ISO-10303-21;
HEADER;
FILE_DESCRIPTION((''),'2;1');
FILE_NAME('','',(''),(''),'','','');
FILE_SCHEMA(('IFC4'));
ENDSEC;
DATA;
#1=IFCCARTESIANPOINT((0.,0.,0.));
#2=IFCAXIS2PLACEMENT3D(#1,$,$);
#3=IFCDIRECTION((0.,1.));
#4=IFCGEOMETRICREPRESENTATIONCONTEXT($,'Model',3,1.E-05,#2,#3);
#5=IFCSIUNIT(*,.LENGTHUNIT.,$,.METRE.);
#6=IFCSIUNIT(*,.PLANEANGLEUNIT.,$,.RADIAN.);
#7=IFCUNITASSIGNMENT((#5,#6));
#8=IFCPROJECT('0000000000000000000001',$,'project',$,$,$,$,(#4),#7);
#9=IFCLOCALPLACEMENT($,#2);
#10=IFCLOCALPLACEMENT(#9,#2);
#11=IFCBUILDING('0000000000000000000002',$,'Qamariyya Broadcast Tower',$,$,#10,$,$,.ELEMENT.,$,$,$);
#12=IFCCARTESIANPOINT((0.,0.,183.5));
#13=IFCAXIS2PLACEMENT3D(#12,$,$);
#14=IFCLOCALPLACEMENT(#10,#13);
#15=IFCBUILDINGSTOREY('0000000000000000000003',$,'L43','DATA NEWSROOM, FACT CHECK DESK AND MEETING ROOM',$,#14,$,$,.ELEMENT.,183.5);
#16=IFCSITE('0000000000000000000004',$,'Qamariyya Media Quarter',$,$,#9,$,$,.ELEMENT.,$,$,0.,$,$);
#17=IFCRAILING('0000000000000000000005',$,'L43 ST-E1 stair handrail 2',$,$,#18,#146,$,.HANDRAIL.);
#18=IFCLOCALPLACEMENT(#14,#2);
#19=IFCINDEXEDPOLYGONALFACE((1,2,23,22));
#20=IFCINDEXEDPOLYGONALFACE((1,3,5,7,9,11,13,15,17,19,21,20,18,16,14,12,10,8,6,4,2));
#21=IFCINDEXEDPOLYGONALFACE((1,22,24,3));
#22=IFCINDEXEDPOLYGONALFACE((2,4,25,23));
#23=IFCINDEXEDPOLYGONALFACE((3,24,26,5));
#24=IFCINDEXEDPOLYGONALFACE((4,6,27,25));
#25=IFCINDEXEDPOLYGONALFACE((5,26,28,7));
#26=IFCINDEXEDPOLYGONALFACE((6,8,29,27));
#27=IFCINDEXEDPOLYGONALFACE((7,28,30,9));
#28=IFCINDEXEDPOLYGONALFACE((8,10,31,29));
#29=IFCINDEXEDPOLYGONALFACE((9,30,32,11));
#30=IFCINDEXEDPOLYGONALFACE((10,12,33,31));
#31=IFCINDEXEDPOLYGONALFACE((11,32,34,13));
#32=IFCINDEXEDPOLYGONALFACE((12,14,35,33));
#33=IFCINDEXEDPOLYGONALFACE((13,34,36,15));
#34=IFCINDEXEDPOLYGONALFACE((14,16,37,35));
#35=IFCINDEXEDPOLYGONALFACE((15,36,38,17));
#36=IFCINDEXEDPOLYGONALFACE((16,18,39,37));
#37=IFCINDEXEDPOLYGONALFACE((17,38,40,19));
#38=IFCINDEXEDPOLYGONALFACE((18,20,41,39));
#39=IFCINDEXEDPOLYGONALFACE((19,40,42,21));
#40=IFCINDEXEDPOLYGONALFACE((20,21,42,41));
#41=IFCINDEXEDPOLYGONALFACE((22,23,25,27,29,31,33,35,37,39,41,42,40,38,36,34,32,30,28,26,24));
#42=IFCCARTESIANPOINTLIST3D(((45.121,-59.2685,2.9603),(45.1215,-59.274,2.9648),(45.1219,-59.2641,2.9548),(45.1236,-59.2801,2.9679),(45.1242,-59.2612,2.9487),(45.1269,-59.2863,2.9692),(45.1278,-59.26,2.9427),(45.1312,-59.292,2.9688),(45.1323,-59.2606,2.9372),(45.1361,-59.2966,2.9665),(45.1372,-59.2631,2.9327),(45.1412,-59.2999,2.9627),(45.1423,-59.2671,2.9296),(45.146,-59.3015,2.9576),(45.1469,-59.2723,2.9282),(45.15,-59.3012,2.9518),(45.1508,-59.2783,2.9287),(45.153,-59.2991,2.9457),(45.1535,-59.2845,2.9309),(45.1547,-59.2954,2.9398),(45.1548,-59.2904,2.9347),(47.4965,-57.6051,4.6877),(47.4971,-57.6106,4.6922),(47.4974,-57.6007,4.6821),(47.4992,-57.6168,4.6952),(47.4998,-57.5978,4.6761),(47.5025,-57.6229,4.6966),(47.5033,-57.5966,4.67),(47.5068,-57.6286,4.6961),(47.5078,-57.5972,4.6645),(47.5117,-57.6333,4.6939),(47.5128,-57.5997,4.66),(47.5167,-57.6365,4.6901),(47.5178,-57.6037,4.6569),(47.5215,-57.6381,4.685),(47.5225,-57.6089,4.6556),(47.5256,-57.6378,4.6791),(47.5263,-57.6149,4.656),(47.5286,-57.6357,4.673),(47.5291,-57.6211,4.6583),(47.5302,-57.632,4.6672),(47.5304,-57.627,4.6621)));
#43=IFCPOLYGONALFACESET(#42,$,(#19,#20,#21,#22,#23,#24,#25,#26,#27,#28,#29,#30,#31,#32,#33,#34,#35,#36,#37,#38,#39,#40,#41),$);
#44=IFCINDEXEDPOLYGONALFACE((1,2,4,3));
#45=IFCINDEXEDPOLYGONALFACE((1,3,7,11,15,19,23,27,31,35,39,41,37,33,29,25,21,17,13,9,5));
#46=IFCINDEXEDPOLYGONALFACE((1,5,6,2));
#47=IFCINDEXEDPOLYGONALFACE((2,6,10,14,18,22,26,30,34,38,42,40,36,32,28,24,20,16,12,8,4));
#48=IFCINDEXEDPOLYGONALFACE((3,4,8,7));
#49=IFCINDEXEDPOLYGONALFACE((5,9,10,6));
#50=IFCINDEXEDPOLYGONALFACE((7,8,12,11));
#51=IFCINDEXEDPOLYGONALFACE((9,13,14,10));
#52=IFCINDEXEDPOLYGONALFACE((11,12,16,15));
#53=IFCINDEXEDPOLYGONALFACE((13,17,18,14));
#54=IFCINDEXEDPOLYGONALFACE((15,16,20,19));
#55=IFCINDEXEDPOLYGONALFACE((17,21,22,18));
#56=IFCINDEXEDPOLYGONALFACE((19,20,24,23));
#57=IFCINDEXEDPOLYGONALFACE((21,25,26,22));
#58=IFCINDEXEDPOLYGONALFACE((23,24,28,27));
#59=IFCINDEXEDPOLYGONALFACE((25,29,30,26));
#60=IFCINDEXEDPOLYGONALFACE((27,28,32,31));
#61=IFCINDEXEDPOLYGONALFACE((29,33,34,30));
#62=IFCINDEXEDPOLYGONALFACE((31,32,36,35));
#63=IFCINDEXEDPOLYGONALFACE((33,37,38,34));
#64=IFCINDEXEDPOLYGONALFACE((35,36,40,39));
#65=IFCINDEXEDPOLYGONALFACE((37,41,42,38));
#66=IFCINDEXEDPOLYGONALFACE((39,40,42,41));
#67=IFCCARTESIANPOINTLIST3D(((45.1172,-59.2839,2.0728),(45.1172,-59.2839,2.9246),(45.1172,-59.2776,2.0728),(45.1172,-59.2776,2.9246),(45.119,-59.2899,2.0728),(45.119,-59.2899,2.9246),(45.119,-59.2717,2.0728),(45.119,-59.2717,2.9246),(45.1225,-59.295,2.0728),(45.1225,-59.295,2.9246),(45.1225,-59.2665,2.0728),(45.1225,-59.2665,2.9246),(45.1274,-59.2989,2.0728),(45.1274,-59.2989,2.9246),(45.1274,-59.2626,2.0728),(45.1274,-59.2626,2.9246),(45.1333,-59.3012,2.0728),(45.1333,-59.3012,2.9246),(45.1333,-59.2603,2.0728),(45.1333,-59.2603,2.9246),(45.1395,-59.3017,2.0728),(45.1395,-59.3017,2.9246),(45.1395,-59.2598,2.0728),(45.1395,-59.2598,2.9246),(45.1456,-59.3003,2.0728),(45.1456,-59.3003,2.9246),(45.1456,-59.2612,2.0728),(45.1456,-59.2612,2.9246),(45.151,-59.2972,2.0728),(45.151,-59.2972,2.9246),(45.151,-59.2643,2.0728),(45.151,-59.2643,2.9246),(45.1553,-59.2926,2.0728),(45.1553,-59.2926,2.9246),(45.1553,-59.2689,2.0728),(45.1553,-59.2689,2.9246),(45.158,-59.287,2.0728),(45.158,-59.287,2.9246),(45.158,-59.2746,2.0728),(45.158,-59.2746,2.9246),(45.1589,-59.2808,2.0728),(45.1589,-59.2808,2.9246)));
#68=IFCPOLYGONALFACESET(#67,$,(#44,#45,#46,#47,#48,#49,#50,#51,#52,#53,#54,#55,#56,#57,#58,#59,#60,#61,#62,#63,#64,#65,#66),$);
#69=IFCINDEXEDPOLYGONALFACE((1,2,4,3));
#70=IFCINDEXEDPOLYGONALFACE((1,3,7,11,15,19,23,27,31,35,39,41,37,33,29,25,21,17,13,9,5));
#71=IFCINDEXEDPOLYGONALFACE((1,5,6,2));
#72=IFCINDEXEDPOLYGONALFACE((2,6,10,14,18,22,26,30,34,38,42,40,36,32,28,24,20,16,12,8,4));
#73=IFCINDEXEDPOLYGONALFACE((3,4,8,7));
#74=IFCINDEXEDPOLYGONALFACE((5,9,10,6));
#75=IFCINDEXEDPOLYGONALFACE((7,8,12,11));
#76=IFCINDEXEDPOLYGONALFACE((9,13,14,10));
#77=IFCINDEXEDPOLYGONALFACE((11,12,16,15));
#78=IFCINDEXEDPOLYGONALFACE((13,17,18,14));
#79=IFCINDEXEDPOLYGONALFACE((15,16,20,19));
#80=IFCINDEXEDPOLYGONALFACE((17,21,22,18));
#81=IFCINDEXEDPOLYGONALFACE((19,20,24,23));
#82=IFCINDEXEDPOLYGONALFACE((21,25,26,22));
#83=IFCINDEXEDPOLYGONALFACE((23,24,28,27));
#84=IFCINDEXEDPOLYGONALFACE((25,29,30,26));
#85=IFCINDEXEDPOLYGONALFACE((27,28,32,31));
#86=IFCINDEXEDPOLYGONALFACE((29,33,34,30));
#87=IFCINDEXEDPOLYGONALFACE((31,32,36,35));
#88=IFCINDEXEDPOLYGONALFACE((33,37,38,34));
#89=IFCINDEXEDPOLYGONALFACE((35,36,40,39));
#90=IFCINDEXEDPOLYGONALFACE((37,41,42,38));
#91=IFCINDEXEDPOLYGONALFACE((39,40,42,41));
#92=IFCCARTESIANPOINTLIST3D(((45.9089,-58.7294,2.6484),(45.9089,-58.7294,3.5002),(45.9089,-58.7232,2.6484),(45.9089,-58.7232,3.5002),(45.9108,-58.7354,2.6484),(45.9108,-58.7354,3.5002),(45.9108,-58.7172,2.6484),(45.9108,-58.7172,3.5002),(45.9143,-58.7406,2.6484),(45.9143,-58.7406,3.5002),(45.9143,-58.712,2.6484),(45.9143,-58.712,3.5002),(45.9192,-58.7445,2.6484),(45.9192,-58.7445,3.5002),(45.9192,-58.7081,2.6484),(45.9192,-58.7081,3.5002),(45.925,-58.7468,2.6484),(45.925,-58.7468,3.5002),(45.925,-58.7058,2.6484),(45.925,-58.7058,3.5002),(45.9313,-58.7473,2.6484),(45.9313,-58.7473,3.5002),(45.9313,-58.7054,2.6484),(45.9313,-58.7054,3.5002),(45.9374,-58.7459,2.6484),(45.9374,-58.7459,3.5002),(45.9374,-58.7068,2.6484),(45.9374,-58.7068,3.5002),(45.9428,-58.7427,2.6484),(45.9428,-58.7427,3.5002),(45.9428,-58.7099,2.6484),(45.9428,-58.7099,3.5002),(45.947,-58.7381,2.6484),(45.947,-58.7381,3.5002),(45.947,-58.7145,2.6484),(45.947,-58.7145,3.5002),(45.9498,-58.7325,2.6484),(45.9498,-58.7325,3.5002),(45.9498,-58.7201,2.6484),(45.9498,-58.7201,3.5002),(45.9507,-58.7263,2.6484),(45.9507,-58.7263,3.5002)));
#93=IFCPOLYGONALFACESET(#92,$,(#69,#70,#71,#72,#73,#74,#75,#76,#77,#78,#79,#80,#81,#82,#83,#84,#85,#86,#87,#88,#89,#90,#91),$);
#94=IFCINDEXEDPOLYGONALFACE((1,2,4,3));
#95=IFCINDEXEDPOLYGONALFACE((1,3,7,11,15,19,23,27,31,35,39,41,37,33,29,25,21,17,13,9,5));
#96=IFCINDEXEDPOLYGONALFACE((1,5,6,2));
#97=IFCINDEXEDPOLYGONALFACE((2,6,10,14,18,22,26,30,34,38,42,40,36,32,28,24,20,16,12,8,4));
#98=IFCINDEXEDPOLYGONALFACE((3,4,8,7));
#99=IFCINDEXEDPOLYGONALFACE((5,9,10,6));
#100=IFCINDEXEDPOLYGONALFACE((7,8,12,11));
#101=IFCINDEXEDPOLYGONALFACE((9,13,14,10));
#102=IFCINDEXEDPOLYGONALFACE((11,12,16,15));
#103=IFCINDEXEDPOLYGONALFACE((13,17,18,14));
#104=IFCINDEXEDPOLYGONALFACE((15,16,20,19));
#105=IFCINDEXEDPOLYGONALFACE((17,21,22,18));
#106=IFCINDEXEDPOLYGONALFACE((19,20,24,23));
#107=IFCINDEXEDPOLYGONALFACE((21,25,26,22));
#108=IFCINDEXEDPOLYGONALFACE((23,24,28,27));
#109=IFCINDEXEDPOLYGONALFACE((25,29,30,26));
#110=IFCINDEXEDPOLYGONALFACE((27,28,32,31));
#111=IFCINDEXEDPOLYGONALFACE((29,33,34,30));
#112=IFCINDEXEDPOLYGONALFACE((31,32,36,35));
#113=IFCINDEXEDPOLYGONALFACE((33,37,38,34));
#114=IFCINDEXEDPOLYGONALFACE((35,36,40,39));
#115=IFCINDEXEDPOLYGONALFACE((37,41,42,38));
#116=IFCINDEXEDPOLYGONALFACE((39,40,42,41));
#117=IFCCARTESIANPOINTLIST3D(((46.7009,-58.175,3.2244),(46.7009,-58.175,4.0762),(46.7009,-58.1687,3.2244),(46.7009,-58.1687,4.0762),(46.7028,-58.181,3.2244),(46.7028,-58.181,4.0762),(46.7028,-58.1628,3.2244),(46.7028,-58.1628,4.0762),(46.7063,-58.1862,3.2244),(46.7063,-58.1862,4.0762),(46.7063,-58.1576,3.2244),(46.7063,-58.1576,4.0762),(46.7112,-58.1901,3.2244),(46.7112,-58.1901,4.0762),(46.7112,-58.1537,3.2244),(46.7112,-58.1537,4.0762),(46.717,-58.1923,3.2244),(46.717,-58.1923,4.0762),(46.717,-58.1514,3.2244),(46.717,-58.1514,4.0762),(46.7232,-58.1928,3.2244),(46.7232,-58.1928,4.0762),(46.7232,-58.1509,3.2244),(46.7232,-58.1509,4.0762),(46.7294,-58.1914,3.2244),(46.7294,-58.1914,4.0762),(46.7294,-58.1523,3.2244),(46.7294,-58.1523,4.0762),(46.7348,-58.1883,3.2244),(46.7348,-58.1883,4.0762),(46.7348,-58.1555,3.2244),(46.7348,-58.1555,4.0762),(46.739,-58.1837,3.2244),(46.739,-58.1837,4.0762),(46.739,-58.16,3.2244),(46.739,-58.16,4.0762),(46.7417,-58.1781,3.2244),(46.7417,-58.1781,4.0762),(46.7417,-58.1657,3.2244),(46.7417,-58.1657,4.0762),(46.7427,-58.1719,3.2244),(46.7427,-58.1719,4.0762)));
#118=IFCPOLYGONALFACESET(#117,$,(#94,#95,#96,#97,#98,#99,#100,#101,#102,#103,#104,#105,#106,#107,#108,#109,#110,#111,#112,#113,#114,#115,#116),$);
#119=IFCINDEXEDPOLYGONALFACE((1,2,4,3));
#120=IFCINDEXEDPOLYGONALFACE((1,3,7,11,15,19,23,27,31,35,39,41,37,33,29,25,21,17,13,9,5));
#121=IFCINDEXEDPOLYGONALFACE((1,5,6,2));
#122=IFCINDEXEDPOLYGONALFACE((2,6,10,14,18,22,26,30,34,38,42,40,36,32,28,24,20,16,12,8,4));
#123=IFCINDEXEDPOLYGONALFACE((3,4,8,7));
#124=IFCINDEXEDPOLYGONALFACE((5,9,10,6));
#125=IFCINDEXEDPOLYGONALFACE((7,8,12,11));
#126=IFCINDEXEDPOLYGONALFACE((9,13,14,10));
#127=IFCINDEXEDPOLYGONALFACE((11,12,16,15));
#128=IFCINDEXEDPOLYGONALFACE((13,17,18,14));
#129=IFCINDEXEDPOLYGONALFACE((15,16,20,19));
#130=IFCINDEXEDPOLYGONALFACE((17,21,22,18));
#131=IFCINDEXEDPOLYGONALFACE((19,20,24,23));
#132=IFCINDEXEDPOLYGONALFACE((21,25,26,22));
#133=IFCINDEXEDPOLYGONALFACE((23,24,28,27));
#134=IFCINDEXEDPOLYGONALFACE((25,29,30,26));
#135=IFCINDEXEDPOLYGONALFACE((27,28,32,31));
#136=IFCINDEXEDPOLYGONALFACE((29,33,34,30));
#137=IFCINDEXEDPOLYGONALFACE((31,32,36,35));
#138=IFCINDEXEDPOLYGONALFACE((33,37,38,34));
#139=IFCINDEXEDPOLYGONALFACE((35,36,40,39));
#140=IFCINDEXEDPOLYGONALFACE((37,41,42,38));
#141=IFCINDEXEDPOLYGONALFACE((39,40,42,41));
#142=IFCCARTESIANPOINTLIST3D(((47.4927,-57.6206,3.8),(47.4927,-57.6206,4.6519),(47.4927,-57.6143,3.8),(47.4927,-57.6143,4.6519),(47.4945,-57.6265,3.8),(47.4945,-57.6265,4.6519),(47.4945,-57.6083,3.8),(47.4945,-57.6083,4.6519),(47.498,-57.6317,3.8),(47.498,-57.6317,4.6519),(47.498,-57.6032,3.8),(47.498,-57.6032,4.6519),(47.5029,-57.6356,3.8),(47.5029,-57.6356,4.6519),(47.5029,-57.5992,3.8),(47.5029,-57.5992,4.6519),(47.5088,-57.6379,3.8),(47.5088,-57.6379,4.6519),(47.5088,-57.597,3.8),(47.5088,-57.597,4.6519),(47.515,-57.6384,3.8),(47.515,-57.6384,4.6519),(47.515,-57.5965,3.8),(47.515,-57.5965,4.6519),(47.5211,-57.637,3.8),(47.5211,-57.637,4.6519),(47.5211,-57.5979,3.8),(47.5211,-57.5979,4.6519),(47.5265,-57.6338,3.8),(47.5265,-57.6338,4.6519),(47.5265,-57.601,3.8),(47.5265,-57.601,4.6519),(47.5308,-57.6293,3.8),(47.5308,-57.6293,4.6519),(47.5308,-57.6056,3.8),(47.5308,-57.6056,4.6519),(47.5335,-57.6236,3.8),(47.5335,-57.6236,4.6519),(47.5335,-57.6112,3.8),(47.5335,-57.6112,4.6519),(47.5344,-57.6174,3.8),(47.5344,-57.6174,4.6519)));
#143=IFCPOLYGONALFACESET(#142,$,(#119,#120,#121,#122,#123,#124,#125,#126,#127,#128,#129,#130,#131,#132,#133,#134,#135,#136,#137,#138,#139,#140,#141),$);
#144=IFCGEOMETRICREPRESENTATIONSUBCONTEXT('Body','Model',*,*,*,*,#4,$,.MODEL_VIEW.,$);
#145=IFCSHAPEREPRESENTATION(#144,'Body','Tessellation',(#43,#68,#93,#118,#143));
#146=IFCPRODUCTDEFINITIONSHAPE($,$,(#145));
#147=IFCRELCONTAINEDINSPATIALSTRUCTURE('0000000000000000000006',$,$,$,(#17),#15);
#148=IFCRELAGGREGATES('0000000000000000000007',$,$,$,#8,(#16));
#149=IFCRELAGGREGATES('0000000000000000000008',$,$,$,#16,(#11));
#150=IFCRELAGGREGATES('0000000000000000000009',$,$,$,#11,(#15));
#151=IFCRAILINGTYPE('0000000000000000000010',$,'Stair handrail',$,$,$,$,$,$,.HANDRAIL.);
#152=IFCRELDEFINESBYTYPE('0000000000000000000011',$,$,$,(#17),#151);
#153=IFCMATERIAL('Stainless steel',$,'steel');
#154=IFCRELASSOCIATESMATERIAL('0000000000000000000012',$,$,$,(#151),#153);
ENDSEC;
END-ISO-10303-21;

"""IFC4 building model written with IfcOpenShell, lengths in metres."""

from ifc_helpers import new_model, si_unit, direction, frame, origin, origin_2d, place, context, subcontext, project, spatial, circle, extrude, material, type_object, element, save


model = new_model("IFC4")

# Units and contexts
model_context = context("Model", 3, precision=1e-05, world=origin(), true_north=direction((0.0, 1.0)))
body_context = subcontext(model_context, "Body", "Model", "MODEL_VIEW")
ifc_project = project(units=[si_unit("LENGTHUNIT", "METRE"), si_unit("PLANEANGLEUNIT", "RADIAN")], contexts=[model_context])

# Site, building, storey
site_placement = place(None, origin())
site = spatial("IfcSite", under=ifc_project, at=site_placement, Name="Qamariyya Media Quarter", CompositionType="ELEMENT", RefElevation=0.0)
building_placement = place(site_placement, origin())
building = spatial("IfcBuilding", under=site, at=building_placement, Name="Qamariyya Broadcast Tower", CompositionType="ELEMENT")
storey_placement = place(building_placement, frame((0.0, 0.0, 183.5)))
storey = spatial("IfcBuildingStorey", under=building, at=storey_placement, Name="L43", Description="DATA NEWSROOM, FACT CHECK DESK AND MEETING ROOM", CompositionType="ELEMENT", Elevation=183.5)

# Railing
ifc_material_1 = material(Name="Stainless steel", Category="steel")
railing_type_1 = type_object("IfcRailingType", Name="Stair handrail", PredefinedType="HANDRAIL", material=ifc_material_1)
railing_1_placement = place(storey_placement, frame((45.1379, -59.2808, 2.0728)))
element("IfcRailing", 1, at=railing_1_placement, inside=storey, type_object=railing_type_1, Name="L43 ST-E1 stair handrail 2", PredefinedType="HANDRAIL", context=body_context, shape_type="SweptSolid", body=[
    extrude(circle(Radius=0.0239, at=origin_2d()), frame((0.0, 0.0, 0.876), z_axis=(0.70377, 0.492784, 0.511734), x_axis=(-0.573575, 0.819153, 0.0)), (0.0, 0.0, 1.0), 3.3755),
    extrude(circle(Radius=0.021, at=origin_2d()), origin(), (0.0, 0.0, 1.0), 0.8518),
    extrude(circle(Radius=0.021, at=origin_2d()), frame((0.7917, 0.5544, 0.5757)), (0.0, 0.0, 1.0), 0.8518),
    extrude(circle(Radius=0.021, at=origin_2d()), frame((1.5837, 1.1089, 1.1516)), (0.0, 0.0, 1.0), 0.8518),
    extrude(circle(Radius=0.021, at=origin_2d()), frame((2.3755, 1.6633, 1.7273)), (0.0, 0.0, 1.0), 0.8518),
])

save(model, "model.ifc")
